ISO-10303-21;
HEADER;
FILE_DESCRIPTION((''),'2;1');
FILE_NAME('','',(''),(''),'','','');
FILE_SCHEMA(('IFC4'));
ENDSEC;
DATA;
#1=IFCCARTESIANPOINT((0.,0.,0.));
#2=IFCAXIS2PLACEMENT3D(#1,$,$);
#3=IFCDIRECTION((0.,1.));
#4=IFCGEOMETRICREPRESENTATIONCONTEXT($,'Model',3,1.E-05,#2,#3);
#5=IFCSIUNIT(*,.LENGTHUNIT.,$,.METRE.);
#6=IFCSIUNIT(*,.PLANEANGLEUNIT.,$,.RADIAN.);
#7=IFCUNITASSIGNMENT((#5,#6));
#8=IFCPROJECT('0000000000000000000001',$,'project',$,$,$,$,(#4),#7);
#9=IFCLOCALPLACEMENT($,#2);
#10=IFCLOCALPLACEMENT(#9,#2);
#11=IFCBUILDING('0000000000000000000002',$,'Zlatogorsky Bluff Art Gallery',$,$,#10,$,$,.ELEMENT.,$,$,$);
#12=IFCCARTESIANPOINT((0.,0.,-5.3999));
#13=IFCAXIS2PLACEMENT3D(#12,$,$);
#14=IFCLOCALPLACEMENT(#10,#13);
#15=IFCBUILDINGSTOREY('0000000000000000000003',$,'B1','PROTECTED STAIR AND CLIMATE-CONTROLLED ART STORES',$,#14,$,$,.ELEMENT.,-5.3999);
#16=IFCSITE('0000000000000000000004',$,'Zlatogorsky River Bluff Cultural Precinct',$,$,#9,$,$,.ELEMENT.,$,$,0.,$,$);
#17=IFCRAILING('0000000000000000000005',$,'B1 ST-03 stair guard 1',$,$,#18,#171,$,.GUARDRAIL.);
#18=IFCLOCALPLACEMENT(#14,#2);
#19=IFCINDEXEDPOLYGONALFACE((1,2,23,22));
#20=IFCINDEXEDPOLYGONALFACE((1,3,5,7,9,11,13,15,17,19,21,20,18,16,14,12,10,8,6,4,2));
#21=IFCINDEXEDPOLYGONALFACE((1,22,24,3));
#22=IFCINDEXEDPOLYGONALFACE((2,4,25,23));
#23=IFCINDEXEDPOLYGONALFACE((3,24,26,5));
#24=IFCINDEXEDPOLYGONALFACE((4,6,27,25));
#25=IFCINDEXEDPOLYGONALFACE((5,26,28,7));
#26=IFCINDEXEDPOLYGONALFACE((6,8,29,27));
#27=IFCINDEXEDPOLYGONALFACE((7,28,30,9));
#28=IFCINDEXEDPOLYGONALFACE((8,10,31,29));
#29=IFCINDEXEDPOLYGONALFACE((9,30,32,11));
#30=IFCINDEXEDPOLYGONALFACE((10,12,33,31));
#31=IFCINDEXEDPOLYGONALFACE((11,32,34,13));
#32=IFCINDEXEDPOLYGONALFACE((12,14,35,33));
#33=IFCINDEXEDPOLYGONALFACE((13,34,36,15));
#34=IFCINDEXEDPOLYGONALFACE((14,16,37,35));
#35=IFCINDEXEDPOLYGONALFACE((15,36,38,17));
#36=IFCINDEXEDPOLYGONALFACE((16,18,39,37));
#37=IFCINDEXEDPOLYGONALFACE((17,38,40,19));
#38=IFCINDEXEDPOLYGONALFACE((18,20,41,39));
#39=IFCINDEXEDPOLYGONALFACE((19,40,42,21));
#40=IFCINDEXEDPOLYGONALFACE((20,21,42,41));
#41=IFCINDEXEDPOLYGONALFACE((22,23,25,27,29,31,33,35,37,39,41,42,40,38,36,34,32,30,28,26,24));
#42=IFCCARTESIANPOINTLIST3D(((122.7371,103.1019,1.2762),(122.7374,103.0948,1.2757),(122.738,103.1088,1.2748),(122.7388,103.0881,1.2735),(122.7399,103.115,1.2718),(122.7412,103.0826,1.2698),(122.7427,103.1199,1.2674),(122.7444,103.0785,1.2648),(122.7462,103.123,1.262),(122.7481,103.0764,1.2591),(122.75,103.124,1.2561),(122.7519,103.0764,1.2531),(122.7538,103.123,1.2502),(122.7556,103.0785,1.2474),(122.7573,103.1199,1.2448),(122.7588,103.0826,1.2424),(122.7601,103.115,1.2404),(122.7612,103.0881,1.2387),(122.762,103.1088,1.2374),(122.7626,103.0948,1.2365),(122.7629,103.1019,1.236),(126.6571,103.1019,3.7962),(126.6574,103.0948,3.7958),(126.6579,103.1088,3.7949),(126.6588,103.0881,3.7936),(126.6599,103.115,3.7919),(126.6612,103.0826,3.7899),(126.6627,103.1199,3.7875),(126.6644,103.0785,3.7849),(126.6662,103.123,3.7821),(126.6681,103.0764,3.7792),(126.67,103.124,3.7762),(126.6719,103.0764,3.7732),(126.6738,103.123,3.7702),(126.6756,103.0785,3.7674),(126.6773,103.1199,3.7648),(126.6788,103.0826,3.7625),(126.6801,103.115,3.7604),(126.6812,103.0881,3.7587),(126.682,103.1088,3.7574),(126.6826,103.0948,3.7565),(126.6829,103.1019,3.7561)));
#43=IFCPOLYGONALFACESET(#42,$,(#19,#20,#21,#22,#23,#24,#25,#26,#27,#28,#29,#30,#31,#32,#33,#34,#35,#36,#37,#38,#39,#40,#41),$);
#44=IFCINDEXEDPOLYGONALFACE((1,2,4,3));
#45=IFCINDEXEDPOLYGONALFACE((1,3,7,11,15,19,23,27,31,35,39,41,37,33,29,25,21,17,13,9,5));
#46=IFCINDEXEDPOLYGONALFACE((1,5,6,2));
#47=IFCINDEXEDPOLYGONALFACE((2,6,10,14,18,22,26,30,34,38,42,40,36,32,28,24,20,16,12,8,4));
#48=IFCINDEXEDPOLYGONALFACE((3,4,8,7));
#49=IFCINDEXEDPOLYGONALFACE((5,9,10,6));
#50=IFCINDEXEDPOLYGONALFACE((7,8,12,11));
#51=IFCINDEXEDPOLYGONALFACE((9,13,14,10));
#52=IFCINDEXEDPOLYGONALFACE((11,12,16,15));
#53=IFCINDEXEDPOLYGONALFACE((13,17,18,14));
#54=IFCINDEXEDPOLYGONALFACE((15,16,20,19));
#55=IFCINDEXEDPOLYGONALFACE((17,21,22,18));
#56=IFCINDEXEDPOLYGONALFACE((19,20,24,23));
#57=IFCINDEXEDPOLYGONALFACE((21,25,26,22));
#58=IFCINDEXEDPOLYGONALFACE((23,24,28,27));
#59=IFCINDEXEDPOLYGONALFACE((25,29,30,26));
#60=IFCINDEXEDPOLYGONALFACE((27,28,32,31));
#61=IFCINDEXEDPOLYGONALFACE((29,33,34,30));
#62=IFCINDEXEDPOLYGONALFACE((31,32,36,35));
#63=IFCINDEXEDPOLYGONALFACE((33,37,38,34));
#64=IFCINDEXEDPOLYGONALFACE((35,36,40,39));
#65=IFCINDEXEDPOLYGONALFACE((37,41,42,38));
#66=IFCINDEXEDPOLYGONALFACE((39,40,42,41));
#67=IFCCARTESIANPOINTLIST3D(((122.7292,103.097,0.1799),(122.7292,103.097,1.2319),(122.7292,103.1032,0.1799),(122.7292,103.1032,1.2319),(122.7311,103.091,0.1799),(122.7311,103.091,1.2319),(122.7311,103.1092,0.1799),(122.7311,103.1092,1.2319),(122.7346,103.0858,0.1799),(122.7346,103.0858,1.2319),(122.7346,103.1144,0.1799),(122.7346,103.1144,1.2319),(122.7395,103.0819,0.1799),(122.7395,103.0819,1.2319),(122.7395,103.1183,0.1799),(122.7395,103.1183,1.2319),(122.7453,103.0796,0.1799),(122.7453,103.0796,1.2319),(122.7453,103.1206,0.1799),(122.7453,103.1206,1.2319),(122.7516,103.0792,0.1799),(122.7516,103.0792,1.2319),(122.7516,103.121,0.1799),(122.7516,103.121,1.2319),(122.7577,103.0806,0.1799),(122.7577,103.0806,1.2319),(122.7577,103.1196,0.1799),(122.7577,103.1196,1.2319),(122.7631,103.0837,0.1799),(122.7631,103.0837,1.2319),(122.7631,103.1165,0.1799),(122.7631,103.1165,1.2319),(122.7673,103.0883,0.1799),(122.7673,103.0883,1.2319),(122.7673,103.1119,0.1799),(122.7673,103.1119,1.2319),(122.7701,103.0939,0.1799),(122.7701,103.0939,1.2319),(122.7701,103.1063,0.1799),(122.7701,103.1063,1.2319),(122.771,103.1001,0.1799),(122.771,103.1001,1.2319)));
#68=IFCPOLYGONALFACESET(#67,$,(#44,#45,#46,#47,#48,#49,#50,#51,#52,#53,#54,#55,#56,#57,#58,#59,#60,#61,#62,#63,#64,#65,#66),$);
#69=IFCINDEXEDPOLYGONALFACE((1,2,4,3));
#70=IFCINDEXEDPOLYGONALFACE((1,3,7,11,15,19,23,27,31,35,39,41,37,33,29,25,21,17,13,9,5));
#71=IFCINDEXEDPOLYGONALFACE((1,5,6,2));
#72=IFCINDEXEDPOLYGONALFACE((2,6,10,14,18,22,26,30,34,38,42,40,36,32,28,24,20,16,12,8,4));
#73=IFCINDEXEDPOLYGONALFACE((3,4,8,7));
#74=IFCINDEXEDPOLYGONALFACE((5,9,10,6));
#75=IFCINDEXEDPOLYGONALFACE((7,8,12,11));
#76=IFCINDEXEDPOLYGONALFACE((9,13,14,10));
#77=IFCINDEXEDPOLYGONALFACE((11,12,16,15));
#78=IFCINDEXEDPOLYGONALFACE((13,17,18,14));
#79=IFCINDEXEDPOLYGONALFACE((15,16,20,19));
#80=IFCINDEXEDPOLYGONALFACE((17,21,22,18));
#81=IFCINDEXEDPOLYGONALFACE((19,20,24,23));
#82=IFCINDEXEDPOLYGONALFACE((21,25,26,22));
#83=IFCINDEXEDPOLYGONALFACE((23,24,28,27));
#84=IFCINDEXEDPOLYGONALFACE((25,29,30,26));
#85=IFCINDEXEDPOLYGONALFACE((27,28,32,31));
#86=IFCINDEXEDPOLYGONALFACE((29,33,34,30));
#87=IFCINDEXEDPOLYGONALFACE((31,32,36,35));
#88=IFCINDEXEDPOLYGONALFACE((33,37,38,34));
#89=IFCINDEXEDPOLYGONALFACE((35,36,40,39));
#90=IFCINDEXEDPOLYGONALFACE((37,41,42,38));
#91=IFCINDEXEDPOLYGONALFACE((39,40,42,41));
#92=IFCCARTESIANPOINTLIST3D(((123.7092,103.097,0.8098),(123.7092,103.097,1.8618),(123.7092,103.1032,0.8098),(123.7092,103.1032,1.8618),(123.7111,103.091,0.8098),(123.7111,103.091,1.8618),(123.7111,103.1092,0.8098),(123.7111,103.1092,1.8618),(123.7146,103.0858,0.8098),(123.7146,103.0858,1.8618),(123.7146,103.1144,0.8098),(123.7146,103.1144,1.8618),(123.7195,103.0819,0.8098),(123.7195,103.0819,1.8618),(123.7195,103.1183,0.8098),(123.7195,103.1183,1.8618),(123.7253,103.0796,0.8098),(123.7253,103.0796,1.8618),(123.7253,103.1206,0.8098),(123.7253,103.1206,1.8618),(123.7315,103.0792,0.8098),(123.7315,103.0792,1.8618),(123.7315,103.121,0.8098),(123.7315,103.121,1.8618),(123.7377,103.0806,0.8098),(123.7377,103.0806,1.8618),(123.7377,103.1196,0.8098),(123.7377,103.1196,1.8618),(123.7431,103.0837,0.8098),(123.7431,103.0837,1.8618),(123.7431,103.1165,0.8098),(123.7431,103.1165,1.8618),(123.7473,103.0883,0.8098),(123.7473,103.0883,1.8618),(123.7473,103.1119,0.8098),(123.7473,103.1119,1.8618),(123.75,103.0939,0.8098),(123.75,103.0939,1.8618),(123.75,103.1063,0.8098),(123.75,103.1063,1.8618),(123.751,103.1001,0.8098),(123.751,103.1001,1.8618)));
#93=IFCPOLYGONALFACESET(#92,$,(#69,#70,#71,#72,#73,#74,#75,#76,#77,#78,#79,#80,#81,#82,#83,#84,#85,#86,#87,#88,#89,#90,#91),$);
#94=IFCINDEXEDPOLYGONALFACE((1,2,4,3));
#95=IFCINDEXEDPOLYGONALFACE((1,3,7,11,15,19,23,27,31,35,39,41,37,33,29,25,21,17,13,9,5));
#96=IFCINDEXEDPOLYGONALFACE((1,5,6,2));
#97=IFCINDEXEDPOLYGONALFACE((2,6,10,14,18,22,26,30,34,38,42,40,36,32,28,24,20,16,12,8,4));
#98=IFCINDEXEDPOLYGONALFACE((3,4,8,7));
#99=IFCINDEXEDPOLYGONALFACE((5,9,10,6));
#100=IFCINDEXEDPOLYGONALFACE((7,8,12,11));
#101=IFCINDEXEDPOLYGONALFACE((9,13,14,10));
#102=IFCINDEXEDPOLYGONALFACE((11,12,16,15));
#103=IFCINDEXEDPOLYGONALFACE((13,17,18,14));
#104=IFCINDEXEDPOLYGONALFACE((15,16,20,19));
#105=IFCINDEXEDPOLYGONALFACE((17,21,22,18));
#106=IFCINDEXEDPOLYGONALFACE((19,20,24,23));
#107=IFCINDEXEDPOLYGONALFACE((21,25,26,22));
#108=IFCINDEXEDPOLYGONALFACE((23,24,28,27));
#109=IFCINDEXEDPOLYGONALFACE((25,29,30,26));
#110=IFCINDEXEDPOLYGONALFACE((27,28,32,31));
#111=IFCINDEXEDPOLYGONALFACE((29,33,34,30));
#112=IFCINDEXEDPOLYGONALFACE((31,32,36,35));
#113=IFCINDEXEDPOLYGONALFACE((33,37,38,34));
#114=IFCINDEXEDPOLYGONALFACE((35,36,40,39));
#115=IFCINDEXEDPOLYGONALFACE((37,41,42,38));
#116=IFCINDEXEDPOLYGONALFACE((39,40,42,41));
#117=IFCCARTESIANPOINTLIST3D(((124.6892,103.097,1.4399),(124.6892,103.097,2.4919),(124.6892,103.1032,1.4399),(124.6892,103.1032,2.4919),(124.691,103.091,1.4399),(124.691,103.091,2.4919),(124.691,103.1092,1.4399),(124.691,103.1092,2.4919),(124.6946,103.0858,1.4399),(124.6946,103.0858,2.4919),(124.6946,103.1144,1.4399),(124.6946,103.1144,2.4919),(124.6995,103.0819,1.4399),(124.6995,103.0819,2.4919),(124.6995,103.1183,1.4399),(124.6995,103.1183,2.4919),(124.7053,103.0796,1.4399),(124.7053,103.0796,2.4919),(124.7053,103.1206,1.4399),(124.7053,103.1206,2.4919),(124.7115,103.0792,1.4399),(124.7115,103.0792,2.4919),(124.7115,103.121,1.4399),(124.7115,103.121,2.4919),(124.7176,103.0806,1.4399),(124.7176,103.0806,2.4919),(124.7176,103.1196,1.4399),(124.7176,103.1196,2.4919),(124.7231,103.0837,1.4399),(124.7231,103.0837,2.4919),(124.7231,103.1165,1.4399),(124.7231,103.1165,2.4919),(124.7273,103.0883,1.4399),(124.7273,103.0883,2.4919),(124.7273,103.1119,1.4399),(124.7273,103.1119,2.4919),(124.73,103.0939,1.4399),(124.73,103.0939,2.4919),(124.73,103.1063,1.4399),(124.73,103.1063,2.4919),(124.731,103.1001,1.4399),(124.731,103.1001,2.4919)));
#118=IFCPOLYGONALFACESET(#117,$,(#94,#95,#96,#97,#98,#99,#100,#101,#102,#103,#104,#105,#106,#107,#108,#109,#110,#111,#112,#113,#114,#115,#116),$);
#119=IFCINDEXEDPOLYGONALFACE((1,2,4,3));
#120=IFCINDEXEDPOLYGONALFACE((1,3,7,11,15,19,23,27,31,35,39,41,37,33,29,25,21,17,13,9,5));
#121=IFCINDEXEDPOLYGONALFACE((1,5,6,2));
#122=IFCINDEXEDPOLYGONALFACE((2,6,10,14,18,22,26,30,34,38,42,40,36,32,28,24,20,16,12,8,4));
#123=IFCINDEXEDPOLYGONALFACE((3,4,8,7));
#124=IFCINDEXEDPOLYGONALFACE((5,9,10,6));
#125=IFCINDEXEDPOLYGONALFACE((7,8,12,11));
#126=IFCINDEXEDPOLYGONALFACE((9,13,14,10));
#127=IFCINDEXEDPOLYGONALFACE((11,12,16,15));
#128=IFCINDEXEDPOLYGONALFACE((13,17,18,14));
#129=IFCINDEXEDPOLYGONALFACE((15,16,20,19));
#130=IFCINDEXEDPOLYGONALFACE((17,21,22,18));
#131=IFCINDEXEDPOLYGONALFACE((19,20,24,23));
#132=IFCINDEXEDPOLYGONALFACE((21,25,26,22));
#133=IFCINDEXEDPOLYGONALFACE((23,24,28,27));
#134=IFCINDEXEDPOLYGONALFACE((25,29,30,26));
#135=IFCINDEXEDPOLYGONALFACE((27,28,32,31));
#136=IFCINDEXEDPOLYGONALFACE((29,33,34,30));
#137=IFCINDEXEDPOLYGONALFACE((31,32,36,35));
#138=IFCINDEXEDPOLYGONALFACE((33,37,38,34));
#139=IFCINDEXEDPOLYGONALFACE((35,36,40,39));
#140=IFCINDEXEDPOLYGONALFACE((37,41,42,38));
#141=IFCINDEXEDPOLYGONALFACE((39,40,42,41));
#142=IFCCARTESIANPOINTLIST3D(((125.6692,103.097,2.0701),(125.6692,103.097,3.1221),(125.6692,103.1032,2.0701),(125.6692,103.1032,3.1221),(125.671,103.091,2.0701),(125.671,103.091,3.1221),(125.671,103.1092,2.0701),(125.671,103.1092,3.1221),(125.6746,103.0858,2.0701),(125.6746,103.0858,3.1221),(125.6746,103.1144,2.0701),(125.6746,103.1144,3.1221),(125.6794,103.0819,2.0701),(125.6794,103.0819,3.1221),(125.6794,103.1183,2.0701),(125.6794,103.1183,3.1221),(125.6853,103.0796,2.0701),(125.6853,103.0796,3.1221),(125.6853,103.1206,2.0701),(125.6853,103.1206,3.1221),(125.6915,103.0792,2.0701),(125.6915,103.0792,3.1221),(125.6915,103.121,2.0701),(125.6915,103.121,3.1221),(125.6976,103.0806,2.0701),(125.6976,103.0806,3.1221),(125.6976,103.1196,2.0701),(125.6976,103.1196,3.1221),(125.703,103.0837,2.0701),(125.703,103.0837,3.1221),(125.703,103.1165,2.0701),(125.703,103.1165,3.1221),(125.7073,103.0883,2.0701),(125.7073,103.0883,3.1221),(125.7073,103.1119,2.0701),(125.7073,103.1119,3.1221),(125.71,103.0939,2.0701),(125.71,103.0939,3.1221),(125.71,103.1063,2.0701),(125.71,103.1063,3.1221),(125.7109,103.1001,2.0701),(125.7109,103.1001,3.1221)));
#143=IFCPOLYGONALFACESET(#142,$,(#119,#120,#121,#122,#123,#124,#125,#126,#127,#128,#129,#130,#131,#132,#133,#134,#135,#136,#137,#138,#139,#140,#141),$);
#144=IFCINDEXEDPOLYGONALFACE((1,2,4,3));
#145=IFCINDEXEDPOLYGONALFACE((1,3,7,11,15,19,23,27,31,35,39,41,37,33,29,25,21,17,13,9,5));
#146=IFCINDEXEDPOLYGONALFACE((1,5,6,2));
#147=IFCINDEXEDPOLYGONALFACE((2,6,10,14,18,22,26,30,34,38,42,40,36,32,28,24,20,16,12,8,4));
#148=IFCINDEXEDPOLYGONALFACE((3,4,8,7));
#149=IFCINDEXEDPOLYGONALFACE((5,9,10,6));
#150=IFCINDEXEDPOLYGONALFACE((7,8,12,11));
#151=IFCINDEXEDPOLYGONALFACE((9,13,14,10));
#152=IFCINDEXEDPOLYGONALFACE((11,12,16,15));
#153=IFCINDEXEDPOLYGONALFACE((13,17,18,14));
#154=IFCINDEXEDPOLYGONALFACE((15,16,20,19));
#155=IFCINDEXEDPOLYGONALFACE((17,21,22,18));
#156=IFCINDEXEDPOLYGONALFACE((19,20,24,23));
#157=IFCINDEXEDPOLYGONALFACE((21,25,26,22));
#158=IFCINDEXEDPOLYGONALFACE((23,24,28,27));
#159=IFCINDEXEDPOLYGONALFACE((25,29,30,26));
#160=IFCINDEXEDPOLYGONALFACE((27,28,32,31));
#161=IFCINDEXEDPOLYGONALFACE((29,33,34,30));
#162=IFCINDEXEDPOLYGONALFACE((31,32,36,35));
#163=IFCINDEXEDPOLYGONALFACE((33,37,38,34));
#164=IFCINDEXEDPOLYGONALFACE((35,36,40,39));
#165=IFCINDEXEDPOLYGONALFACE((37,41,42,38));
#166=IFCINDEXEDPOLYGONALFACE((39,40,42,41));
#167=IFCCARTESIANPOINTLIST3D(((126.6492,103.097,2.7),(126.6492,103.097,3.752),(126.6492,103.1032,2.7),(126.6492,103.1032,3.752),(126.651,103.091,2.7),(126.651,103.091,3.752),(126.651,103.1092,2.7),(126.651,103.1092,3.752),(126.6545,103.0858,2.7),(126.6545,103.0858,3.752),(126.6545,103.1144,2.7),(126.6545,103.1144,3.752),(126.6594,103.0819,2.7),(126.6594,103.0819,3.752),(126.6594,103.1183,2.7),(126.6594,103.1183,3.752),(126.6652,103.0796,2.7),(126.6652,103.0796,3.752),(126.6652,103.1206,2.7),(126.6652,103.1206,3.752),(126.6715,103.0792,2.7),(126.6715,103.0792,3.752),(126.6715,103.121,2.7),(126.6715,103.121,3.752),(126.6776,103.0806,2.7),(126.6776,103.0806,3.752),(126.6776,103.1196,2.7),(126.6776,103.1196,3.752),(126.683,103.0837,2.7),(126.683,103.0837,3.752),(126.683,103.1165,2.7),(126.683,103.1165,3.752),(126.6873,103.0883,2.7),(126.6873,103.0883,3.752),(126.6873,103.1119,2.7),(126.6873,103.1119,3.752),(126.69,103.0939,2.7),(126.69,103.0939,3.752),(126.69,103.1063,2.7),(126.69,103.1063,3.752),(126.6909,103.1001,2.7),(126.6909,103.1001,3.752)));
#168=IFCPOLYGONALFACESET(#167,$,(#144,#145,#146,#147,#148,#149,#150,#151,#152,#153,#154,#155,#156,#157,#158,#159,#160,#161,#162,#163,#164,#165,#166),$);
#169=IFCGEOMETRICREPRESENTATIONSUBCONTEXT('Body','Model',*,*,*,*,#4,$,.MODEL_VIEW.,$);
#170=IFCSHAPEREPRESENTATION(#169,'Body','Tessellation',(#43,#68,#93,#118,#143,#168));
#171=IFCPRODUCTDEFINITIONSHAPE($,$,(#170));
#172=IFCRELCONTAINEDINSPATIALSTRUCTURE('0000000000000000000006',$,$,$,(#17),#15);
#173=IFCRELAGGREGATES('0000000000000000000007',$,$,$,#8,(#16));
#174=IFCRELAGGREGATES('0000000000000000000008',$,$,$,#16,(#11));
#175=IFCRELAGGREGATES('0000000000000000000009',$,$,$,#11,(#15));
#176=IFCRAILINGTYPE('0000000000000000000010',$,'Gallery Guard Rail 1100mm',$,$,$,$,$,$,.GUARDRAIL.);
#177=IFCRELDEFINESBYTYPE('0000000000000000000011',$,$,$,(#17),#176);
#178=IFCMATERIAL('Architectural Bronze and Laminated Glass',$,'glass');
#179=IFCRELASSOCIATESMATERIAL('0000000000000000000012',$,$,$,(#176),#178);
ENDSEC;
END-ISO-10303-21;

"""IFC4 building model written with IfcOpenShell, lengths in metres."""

from ifc_helpers import new_model, si_unit, direction, frame, origin, origin_2d, place, context, subcontext, project, spatial, circle, extrude, material, type_object, element, save


model = new_model("IFC4")

# Units and contexts
model_context = context("Model", 3, precision=1e-05, world=origin(), true_north=direction((0.0, 1.0)))
body_context = subcontext(model_context, "Body", "Model", "MODEL_VIEW")
ifc_project = project(units=[si_unit("LENGTHUNIT", "METRE"), si_unit("PLANEANGLEUNIT", "RADIAN")], contexts=[model_context])

# Site, building, storey
site_placement = place(None, origin())
site = spatial("IfcSite", under=ifc_project, at=site_placement, Name="Zlatogorsky River Bluff Cultural Precinct", CompositionType="ELEMENT", RefElevation=0.0)
building_placement = place(site_placement, origin())
building = spatial("IfcBuilding", under=site, at=building_placement, Name="Zlatogorsky Bluff Art Gallery", CompositionType="ELEMENT")
storey_placement = place(building_placement, frame((0.0, 0.0, -5.3999)))
storey = spatial("IfcBuildingStorey", under=building, at=storey_placement, Name="B1", Description="PROTECTED STAIR AND CLIMATE-CONTROLLED ART STORES", CompositionType="ELEMENT", Elevation=-5.3999)

# Railing
ifc_material_1 = material(Name="Architectural Bronze and Laminated Glass", Category="glass")
railing_type_1 = type_object("IfcRailingType", Name="Gallery Guard Rail 1100mm", PredefinedType="GUARDRAIL", material=ifc_material_1)
railing_1_placement = place(storey_placement, frame((122.75, 103.1001, 0.1799)))
element("IfcRailing", 1, at=railing_1_placement, inside=storey, type_object=railing_type_1, Name="B1 ST-03 stair guard 1", PredefinedType="GUARDRAIL", context=body_context, shape_type="SweptSolid", body=[
    extrude(circle(Radius=0.0239, at=origin_2d()), frame((0.0, 0.0, 1.0762), z_axis=(0.841172, 0.0, 0.540768), x_axis=(0.0, 1.0, 0.0)), (0.0, 0.0, 1.0), 4.6602),
    extrude(circle(Radius=0.021, at=origin_2d()), origin(), (0.0, 0.0, 1.0), 1.052),
    extrude(circle(Radius=0.021, at=origin_2d()), frame((0.98, 0.0, 0.6299)), (0.0, 0.0, 1.0), 1.052),
    extrude(circle(Radius=0.021, at=origin_2d()), frame((1.96, 0.0, 1.26)), (0.0, 0.0, 1.0), 1.052),
    extrude(circle(Radius=0.021, at=origin_2d()), frame((2.9399, 0.0, 1.8901)), (0.0, 0.0, 1.0), 1.052),
    extrude(circle(Radius=0.021, at=origin_2d()), frame((3.9199, 0.0, 2.52)), (0.0, 0.0, 1.0), 1.052),
])

save(model, "model.ifc")
